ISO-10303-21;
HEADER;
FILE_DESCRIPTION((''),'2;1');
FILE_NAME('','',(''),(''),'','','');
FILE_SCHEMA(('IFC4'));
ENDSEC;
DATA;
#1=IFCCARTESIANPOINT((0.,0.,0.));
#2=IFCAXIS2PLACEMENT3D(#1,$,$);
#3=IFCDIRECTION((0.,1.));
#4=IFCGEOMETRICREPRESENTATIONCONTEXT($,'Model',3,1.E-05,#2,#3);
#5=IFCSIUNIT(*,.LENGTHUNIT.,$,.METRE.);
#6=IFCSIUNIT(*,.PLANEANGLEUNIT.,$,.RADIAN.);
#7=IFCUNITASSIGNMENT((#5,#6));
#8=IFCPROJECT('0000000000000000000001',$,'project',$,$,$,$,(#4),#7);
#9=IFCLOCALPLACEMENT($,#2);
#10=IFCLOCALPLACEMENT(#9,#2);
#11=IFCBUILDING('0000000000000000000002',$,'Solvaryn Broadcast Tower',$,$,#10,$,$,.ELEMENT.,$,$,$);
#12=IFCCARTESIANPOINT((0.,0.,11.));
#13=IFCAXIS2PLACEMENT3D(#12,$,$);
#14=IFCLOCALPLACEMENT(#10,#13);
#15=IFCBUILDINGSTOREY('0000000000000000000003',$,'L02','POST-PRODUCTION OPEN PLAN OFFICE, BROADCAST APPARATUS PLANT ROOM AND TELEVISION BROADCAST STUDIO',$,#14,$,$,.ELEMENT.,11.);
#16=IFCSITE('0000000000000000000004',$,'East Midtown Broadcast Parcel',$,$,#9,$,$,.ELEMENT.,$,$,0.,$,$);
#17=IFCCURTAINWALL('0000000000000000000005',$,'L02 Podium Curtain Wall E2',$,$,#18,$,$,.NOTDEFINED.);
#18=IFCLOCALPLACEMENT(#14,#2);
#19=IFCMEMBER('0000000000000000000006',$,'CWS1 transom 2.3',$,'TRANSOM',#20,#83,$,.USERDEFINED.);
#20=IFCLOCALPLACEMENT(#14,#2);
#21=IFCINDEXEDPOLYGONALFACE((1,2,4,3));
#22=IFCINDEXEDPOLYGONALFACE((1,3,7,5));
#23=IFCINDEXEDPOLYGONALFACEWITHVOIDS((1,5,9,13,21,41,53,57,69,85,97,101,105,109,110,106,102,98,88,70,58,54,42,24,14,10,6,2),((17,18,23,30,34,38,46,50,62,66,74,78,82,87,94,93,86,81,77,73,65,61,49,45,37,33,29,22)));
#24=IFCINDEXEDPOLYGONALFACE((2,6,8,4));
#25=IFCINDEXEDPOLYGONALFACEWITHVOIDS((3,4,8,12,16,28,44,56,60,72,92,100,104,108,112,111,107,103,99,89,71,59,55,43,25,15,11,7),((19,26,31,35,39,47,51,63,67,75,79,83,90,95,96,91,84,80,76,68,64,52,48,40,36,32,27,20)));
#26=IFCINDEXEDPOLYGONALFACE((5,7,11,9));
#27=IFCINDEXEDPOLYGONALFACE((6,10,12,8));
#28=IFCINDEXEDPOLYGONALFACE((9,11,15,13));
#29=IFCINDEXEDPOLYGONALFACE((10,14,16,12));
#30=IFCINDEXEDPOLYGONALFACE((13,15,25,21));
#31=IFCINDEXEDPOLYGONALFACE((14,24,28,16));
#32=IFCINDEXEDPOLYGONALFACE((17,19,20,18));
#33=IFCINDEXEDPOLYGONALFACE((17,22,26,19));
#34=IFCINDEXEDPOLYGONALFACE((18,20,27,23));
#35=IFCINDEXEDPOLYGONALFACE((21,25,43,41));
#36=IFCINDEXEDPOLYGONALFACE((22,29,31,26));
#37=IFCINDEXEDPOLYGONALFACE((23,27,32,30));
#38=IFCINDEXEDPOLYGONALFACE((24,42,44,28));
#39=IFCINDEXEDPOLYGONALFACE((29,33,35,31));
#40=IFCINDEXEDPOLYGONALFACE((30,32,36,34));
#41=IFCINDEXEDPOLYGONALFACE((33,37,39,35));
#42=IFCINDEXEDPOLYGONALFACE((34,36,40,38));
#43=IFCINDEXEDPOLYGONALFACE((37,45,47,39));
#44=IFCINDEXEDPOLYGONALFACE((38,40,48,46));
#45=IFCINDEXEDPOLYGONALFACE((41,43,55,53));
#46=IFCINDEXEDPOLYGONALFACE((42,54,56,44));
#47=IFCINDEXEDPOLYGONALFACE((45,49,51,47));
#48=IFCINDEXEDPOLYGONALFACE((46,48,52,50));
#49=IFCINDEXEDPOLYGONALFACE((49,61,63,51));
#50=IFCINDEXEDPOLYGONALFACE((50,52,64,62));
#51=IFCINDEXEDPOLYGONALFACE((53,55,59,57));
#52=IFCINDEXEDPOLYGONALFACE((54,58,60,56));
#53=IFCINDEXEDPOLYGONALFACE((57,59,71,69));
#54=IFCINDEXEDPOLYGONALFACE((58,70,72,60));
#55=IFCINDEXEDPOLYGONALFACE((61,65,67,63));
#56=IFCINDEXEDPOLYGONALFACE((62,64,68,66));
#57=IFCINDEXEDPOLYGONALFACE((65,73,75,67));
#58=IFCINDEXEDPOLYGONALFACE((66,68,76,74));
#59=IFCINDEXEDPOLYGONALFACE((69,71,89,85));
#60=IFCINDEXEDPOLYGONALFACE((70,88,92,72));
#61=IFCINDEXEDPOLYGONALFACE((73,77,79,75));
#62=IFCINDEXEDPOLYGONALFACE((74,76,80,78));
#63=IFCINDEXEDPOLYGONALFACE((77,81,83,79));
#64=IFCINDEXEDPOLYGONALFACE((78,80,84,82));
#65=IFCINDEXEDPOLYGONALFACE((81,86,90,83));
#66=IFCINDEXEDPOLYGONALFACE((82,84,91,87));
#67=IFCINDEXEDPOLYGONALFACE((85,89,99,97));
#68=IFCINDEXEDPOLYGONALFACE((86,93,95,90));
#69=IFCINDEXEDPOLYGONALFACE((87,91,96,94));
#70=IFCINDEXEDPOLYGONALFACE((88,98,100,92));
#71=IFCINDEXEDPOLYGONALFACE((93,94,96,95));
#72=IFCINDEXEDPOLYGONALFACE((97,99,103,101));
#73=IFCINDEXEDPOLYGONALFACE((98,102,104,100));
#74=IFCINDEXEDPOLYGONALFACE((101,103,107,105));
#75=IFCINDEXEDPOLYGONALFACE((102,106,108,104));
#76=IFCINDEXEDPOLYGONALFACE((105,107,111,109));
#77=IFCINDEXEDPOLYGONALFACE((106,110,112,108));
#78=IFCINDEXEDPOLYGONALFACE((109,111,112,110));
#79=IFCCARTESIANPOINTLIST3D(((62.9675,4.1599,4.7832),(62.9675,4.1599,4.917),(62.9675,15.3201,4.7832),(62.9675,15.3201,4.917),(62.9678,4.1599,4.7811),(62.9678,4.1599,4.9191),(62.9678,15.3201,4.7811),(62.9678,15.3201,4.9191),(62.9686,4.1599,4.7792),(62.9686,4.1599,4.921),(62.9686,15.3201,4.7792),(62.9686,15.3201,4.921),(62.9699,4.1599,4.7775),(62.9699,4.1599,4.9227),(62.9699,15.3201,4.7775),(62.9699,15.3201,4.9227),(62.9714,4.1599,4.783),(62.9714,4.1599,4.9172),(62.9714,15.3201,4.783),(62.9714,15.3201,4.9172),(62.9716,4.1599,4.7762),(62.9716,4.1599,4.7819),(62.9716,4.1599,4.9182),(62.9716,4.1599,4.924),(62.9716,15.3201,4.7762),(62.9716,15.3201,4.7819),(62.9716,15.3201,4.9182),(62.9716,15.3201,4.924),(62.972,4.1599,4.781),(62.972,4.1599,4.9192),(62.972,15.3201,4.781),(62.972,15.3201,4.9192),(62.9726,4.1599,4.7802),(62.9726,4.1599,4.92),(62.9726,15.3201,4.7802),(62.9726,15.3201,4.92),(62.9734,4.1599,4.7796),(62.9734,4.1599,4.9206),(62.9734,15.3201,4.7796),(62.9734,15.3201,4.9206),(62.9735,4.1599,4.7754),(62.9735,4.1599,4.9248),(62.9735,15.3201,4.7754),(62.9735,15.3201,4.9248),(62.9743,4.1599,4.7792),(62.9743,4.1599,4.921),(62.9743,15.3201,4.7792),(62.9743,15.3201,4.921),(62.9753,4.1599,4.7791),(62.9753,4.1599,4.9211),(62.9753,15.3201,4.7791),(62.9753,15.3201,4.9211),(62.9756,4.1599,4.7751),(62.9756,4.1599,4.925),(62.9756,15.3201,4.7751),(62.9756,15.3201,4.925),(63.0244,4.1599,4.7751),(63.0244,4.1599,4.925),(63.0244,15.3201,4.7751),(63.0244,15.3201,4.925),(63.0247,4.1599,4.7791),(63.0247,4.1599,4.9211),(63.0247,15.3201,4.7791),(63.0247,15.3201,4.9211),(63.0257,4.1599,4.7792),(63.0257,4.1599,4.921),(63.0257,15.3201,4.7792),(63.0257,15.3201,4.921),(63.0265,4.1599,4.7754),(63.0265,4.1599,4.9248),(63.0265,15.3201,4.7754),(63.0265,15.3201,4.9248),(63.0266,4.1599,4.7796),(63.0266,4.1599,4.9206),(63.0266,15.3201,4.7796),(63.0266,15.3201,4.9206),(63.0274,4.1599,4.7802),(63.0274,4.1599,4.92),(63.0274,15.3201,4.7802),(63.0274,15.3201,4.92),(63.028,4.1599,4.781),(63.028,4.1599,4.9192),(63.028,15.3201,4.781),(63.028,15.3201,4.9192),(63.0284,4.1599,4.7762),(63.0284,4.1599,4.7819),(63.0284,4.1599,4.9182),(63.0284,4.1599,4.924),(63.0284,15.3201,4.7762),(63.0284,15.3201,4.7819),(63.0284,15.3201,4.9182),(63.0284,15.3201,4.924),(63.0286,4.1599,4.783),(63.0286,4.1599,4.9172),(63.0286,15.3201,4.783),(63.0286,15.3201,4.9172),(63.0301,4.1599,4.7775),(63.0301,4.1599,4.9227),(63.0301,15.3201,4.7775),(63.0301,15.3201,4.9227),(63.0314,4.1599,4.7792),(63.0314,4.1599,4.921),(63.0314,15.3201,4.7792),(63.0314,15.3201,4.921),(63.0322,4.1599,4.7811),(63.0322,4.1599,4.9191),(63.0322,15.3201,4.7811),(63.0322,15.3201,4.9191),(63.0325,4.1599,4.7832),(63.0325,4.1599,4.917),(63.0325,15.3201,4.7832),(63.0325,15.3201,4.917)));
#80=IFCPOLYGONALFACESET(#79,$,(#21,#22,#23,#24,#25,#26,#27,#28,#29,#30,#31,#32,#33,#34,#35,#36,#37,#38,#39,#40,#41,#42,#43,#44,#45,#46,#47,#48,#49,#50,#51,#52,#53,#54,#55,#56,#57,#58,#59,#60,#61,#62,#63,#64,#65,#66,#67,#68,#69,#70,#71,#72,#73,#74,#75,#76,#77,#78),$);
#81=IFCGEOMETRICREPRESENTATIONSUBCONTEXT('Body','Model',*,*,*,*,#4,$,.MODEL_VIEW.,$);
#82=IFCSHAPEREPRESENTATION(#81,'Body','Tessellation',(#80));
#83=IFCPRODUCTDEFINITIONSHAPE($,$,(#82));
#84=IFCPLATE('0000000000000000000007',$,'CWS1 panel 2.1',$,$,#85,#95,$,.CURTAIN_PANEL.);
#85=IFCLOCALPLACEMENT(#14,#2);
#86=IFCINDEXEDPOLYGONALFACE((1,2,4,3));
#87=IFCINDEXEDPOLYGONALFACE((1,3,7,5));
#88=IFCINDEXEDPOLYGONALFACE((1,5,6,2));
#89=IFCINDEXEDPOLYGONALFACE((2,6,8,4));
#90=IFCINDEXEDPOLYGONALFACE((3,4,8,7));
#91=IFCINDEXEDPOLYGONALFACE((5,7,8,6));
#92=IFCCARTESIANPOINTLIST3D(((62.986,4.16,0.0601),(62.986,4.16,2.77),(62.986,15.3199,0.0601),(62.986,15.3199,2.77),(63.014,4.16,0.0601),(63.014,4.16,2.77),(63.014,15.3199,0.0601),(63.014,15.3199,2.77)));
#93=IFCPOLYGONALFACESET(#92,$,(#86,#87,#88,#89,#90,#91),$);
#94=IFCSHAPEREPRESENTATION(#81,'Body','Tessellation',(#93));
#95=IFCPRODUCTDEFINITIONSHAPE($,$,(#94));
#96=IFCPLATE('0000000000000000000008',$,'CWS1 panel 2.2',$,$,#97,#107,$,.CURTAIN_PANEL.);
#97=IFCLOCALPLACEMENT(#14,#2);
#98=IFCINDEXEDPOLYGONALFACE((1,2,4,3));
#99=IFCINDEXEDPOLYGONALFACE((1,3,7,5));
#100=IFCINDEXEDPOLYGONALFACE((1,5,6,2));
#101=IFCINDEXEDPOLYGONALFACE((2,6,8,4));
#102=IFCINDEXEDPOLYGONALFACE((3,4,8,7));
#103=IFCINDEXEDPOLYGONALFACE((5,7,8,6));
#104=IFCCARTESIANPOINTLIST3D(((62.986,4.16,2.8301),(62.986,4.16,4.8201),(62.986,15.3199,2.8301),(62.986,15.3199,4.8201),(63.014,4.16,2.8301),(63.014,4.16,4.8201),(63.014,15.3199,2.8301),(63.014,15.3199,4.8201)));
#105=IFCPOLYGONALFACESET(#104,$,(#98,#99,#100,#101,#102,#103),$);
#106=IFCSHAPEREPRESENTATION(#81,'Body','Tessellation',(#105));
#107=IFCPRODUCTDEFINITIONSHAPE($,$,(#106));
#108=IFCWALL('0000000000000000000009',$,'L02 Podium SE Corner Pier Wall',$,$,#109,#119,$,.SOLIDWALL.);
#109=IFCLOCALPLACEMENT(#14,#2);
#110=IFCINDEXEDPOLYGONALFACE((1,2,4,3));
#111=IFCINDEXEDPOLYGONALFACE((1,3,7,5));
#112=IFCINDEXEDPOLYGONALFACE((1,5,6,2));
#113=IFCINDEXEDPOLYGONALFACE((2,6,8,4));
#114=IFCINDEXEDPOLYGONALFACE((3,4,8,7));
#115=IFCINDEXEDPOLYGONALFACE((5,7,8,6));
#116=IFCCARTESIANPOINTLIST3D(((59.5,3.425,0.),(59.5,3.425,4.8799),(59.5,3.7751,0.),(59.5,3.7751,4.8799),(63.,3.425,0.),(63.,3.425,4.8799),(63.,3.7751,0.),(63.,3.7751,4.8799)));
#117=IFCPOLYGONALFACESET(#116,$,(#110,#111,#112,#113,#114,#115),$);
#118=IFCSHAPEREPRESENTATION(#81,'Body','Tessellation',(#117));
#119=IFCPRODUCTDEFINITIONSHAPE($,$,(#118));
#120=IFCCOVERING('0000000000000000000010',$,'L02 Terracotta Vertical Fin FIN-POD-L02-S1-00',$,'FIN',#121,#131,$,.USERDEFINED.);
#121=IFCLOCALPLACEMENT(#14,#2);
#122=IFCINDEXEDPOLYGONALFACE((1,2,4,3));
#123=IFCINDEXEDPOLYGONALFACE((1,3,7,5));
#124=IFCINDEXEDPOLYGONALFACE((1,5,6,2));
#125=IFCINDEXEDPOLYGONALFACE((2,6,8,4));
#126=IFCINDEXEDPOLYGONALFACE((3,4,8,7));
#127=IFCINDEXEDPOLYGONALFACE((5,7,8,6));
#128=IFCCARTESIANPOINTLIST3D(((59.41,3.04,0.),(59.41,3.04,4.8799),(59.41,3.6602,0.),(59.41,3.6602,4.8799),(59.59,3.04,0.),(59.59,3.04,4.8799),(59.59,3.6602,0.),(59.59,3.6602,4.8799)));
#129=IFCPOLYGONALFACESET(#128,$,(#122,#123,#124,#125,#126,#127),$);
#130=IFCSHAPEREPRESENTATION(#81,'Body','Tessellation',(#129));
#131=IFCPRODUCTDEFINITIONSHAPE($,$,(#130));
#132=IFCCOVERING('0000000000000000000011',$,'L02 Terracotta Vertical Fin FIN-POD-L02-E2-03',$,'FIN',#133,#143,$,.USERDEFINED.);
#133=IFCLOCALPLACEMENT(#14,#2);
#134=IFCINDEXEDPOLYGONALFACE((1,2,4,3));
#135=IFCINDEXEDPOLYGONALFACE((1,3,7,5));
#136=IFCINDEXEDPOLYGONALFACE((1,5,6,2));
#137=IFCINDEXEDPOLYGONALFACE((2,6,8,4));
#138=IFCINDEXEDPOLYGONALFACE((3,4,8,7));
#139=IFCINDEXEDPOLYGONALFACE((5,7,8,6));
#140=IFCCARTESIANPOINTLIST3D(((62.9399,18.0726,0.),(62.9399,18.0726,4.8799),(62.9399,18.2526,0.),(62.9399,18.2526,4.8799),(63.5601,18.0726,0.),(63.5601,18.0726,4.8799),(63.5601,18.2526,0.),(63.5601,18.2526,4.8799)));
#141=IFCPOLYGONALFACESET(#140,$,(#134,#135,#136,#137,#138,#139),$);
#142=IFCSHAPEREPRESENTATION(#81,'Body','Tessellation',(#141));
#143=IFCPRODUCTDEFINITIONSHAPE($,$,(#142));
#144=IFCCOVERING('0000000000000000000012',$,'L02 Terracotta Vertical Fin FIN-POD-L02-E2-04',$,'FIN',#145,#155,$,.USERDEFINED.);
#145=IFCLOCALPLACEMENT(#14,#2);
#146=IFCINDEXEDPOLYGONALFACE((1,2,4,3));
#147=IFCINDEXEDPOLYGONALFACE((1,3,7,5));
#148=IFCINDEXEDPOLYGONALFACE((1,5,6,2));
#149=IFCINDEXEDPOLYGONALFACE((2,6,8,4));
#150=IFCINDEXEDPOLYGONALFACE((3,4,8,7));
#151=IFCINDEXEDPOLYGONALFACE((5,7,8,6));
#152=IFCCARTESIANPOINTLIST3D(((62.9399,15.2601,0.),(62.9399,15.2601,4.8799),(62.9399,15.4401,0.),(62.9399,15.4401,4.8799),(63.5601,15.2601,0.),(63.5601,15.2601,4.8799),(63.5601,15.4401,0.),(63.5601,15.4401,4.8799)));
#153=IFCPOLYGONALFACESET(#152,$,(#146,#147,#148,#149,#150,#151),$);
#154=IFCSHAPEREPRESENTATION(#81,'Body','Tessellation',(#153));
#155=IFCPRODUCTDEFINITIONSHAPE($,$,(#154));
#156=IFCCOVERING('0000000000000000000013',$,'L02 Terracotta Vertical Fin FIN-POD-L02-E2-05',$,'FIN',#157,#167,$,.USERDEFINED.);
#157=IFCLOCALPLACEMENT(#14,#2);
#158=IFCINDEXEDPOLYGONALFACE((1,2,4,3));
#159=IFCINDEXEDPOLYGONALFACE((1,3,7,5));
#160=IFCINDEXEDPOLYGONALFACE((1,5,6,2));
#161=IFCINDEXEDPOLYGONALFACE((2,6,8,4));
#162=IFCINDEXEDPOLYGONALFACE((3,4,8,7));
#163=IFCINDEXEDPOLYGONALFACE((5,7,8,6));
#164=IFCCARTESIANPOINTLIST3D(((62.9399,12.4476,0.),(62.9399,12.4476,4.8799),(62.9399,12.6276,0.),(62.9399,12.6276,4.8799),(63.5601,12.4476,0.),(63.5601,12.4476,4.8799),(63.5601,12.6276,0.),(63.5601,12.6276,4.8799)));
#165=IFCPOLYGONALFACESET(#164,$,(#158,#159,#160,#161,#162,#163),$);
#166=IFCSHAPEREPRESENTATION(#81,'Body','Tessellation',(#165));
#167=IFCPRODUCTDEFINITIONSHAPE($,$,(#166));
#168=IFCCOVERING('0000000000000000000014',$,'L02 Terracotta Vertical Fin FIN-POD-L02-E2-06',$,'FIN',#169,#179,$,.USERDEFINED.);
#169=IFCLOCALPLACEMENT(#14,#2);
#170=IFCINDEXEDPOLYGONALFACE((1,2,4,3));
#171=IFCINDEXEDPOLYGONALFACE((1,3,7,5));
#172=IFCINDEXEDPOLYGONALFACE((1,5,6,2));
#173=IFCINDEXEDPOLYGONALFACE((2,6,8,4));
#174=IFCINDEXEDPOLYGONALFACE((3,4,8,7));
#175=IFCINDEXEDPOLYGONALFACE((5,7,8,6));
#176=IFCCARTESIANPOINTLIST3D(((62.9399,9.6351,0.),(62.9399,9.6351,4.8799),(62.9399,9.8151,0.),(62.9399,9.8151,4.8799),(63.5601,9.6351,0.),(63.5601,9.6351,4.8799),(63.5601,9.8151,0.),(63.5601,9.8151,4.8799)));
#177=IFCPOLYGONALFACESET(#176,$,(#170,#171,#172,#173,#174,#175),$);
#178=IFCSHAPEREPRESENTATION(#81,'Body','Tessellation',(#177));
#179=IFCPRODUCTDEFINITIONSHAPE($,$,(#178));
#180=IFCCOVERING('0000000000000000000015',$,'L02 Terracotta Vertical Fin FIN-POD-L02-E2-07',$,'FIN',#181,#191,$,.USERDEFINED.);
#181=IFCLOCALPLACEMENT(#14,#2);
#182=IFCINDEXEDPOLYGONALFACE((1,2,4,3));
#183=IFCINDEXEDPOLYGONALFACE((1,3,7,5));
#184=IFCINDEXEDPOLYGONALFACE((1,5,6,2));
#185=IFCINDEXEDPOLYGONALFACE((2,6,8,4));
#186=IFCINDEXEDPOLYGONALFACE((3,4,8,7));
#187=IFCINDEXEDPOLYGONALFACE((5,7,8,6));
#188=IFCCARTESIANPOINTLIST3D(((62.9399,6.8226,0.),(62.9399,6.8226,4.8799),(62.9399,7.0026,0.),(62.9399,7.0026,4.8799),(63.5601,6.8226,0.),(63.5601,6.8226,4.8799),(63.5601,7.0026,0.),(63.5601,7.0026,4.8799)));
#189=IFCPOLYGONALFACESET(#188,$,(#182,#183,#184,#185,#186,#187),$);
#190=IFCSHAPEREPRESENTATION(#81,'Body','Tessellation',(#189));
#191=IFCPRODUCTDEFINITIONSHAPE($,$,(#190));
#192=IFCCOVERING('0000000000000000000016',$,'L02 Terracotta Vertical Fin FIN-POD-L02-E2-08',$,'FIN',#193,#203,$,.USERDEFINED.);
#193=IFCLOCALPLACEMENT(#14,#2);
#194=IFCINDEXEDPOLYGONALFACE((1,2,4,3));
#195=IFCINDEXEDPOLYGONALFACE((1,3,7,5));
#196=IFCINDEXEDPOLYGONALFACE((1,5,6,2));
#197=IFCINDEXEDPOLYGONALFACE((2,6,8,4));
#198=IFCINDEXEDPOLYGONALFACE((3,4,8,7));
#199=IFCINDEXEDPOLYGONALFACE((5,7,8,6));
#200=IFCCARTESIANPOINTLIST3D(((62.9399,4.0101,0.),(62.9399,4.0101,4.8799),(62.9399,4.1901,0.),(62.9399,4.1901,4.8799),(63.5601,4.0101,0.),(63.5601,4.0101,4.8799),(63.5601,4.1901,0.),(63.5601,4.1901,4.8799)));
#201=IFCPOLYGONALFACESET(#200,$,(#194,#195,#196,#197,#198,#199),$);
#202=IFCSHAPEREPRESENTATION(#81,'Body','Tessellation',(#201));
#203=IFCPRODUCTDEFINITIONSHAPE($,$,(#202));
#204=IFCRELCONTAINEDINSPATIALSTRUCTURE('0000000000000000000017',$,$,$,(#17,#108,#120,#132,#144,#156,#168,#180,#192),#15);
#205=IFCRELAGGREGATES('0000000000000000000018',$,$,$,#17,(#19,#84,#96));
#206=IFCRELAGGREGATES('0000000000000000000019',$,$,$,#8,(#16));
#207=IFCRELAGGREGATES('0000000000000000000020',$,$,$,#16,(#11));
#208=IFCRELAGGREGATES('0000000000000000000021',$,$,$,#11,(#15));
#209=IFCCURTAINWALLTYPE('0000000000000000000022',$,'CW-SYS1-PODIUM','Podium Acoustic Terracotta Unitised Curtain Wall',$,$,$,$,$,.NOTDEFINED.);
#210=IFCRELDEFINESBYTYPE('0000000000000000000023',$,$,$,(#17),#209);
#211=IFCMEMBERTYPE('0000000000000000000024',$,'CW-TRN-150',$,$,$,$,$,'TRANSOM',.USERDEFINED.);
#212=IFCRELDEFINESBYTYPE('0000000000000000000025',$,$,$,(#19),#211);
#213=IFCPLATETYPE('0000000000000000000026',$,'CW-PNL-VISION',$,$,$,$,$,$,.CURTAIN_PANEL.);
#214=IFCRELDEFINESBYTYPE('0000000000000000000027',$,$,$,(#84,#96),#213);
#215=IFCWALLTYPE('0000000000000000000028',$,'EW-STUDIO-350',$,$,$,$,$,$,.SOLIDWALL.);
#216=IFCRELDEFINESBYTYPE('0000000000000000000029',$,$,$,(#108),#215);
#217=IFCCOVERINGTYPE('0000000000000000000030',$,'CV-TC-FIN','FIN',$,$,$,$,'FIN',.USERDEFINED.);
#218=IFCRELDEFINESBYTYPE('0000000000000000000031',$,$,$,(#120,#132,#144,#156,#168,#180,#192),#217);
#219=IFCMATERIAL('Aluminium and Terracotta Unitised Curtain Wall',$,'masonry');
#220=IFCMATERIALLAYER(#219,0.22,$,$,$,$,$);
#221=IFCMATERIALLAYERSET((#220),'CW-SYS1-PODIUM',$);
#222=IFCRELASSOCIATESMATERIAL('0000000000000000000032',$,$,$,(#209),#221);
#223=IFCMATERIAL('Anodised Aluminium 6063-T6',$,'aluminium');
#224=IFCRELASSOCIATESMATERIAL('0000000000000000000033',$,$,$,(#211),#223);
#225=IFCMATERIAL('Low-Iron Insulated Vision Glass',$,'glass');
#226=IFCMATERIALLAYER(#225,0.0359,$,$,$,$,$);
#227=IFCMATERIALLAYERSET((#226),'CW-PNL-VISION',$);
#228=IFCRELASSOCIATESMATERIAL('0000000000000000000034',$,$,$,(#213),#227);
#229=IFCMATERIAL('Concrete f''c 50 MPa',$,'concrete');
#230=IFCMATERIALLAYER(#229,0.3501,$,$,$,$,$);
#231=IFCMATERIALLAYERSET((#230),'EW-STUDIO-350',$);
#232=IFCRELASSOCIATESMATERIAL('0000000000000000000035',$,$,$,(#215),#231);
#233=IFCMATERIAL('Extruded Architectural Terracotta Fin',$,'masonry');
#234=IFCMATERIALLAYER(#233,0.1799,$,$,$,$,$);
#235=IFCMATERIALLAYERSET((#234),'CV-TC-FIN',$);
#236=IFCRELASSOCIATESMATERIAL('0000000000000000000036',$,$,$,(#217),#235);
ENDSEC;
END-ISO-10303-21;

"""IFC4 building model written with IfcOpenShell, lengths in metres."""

from ifc_helpers import new_model, si_unit, direction, frame, frame_2d, origin, origin_2d, place, context, subcontext, project, spatial, rectangle, hollow_rectangle, extrude, material, layer, layer_set, material_profile, profile_set, type_object, element, aggregate, save


model = new_model("IFC4")

# Units and contexts
model_context = context("Model", 3, precision=1e-05, world=origin(), true_north=direction((0.0, 1.0)))
body_context = subcontext(model_context, "Body", "Model", "MODEL_VIEW")
ifc_project = project(units=[si_unit("LENGTHUNIT", "METRE"), si_unit("PLANEANGLEUNIT", "RADIAN")], contexts=[model_context])

# Site, building, storey
site_placement = place(None, origin())
site = spatial("IfcSite", under=ifc_project, at=site_placement, Name="East Midtown Broadcast Parcel", CompositionType="ELEMENT", RefElevation=0.0)
building_placement = place(site_placement, origin())
building = spatial("IfcBuilding", under=site, at=building_placement, Name="Solvaryn Broadcast Tower", CompositionType="ELEMENT")
storey_placement = place(building_placement, frame((0.0, 0.0, 11.0)))
storey = spatial("IfcBuildingStorey", under=building, at=storey_placement, Name="L02", Description="POST-PRODUCTION OPEN PLAN OFFICE, BROADCAST APPARATUS PLANT ROOM AND TELEVISION BROADCAST STUDIO", CompositionType="ELEMENT", Elevation=11.0)

# Shared definitions
ifc_material_1 = material(Name="Aluminium and Terracotta Unitised Curtain Wall", Category="masonry")
ifc_layer_1 = layer(ifc_material_1, 0.22)
ifc_layer_set_1 = layer_set([ifc_layer_1], Name="CW-SYS1-PODIUM")
curtain_wall_type = type_object("IfcCurtainWallType", Name="CW-SYS1-PODIUM", Description="Podium Acoustic Terracotta Unitised Curtain Wall", PredefinedType="NOTDEFINED", material=ifc_layer_set_1)

# Curtain wall
curtain_wall_1_placement = place(storey_placement, origin())
curtain_wall_1 = element("IfcCurtainWall", 1, at=curtain_wall_1_placement, inside=storey, type_object=curtain_wall_type, Name="L02 Podium Curtain Wall E2", PredefinedType="NOTDEFINED")

# Member
ifc_material_2 = material(Name="Anodised Aluminium 6063-T6", Category="aluminium")
ifc_material_profile_1 = material_profile(ifc_material_2, hollow_rectangle(XDim=0.0649, YDim=0.1499, WallThickness=0.0039, InnerFilletRadius=0.0039, OuterFilletRadius=0.0081, at=origin_2d()))
ifc_profile_set_1 = profile_set([ifc_material_profile_1], Name="Anodised Aluminium 6063-T6")
member_type_1 = type_object("IfcMemberType", Name="CW-TRN-150", ElementType="TRANSOM", PredefinedType="USERDEFINED", material=ifc_profile_set_1)
member_1_placement = place(storey_placement, frame((63.0, 15.3201, 4.8501), z_axis=(0.0, -1.0, 0.0), x_axis=(1.0, 0.0, 0.0)))
member_1 = element("IfcMember", 2, at=member_1_placement, type_object=member_type_1, Name="CWS1 transom 2.3", ObjectType="TRANSOM", PredefinedType="USERDEFINED", context=body_context, shape_type="SweptSolid", body=[
    extrude(hollow_rectangle(XDim=0.0649, YDim=0.1499, WallThickness=0.0039, InnerFilletRadius=0.0039, OuterFilletRadius=0.0081, at=origin_2d()), origin(), (0.0, 0.0, 1.0), 11.1602),
])

# Plates
ifc_material_3 = material(Name="Low-Iron Insulated Vision Glass", Category="glass")
ifc_layer_2 = layer(ifc_material_3, 0.0359)
ifc_layer_set_2 = layer_set([ifc_layer_2], Name="CW-PNL-VISION")
plate_type = type_object("IfcPlateType", Name="CW-PNL-VISION", PredefinedType="CURTAIN_PANEL", material=ifc_layer_set_2)
plate_1_placement = place(storey_placement, frame((63.0, 9.74, 0.0601), z_axis=(0.0, 0.0, 1.0), x_axis=(0.0, -1.0, 0.0)))
plate_1 = element("IfcPlate", 3, at=plate_1_placement, type_object=plate_type, Name="CWS1 panel 2.1", PredefinedType="CURTAIN_PANEL", context=body_context, shape_type="SweptSolid", body=[
    extrude(rectangle(XDim=11.1599, YDim=0.0281, at=origin_2d()), origin(), (0.0, 0.0, 1.0), 2.71),
])
plate_2_placement = place(storey_placement, frame((63.0, 9.74, 2.8301), z_axis=(0.0, 0.0, 1.0), x_axis=(0.0, -1.0, 0.0)))
plate_2 = element("IfcPlate", 4, at=plate_2_placement, type_object=plate_type, Name="CWS1 panel 2.2", PredefinedType="CURTAIN_PANEL", context=body_context, shape_type="SweptSolid", body=[
    extrude(rectangle(XDim=11.1599, YDim=0.0281, at=origin_2d()), origin(), (0.0, 0.0, 1.0), 1.99),
])
aggregate(curtain_wall_1, [member_1, plate_1, plate_2])

# Wall
ifc_material_4 = material(Name="Concrete f'c 50 MPa", Category="concrete")
ifc_layer_3 = layer(ifc_material_4, 0.3501)
ifc_layer_set_3 = layer_set([ifc_layer_3], Name="EW-STUDIO-350")
wall_type = type_object("IfcWallType", Name="EW-STUDIO-350", PredefinedType="SOLIDWALL", material=ifc_layer_set_3)
wall_placement = place(storey_placement, frame((63.0, 3.6001, 0.0), z_axis=(0.0, 0.0, 1.0), x_axis=(-1.0, 0.0, 0.0)))
element("IfcWall", 5, at=wall_placement, inside=storey, type_object=wall_type, Name="L02 Podium SE Corner Pier Wall", PredefinedType="SOLIDWALL", context=body_context, shape_type="SweptSolid", body=[
    extrude(rectangle(XDim=3.5, YDim=0.3501, at=frame_2d((1.75, 0.0))), origin(), (0.0, 0.0, 1.0), 4.8799),
])

# Coverings
ifc_material_5 = material(Name="Extruded Architectural Terracotta Fin", Category="masonry")
ifc_layer_4 = layer(ifc_material_5, 0.1799)
ifc_layer_set_4 = layer_set([ifc_layer_4], Name="CV-TC-FIN")
covering_type = type_object("IfcCoveringType", Name="CV-TC-FIN", Description="FIN", ElementType="FIN", PredefinedType="USERDEFINED", material=ifc_layer_set_4)
covering_placement = place(storey_placement, frame((59.5, 3.3501, 0.0), z_axis=(0.0, 0.0, 1.0), x_axis=(1.0, 0.0, 0.0)))
element("IfcCovering", 6, at=covering_placement, inside=storey, type_object=covering_type, Name="L02 Terracotta Vertical Fin FIN-POD-L02-S1-00", ObjectType="FIN", PredefinedType="USERDEFINED", context=body_context, shape_type="SweptSolid", body=[
    extrude(rectangle(XDim=0.1799, YDim=0.6201, at=origin_2d()), origin(), (0.0, 0.0, 1.0), 4.8799),
])
for number, where, z_axis, x_axis, name in (
    (7, (63.25, 18.1626, 0.0), (0.0, 0.0, 1.0), (1.0, 0.0, 0.0), "L02 Terracotta Vertical Fin FIN-POD-L02-E2-03"),
    (8, (63.25, 15.3501, 0.0), (0.0, 0.0, 1.0), (1.0, 0.0, 0.0), "L02 Terracotta Vertical Fin FIN-POD-L02-E2-04"),
    (9, (63.25, 12.5376, 0.0), (0.0, 0.0, 1.0), (1.0, 0.0, 0.0), "L02 Terracotta Vertical Fin FIN-POD-L02-E2-05"),
    (10, (63.25, 9.7251, 0.0), (0.0, 0.0, 1.0), (1.0, 0.0, 0.0), "L02 Terracotta Vertical Fin FIN-POD-L02-E2-06"),
    (11, (63.25, 6.9126, 0.0), (0.0, 0.0, 1.0), (1.0, 0.0, 0.0), "L02 Terracotta Vertical Fin FIN-POD-L02-E2-07"),
    (12, (63.25, 4.1001, 0.0), (0.0, 0.0, 1.0), (1.0, 0.0, 0.0), "L02 Terracotta Vertical Fin FIN-POD-L02-E2-08"),
):
    element("IfcCovering", number, at=place(storey_placement, frame(where, z_axis=z_axis, x_axis=x_axis)), inside=storey, type_object=covering_type, Name=name, ObjectType="FIN", PredefinedType="USERDEFINED", context=body_context, shape_type="SweptSolid", body=[
        extrude(rectangle(XDim=0.6201, YDim=0.1799, at=origin_2d()), origin(), (0.0, 0.0, 1.0), 4.8799),
    ])

save(model, "model.ifc")
